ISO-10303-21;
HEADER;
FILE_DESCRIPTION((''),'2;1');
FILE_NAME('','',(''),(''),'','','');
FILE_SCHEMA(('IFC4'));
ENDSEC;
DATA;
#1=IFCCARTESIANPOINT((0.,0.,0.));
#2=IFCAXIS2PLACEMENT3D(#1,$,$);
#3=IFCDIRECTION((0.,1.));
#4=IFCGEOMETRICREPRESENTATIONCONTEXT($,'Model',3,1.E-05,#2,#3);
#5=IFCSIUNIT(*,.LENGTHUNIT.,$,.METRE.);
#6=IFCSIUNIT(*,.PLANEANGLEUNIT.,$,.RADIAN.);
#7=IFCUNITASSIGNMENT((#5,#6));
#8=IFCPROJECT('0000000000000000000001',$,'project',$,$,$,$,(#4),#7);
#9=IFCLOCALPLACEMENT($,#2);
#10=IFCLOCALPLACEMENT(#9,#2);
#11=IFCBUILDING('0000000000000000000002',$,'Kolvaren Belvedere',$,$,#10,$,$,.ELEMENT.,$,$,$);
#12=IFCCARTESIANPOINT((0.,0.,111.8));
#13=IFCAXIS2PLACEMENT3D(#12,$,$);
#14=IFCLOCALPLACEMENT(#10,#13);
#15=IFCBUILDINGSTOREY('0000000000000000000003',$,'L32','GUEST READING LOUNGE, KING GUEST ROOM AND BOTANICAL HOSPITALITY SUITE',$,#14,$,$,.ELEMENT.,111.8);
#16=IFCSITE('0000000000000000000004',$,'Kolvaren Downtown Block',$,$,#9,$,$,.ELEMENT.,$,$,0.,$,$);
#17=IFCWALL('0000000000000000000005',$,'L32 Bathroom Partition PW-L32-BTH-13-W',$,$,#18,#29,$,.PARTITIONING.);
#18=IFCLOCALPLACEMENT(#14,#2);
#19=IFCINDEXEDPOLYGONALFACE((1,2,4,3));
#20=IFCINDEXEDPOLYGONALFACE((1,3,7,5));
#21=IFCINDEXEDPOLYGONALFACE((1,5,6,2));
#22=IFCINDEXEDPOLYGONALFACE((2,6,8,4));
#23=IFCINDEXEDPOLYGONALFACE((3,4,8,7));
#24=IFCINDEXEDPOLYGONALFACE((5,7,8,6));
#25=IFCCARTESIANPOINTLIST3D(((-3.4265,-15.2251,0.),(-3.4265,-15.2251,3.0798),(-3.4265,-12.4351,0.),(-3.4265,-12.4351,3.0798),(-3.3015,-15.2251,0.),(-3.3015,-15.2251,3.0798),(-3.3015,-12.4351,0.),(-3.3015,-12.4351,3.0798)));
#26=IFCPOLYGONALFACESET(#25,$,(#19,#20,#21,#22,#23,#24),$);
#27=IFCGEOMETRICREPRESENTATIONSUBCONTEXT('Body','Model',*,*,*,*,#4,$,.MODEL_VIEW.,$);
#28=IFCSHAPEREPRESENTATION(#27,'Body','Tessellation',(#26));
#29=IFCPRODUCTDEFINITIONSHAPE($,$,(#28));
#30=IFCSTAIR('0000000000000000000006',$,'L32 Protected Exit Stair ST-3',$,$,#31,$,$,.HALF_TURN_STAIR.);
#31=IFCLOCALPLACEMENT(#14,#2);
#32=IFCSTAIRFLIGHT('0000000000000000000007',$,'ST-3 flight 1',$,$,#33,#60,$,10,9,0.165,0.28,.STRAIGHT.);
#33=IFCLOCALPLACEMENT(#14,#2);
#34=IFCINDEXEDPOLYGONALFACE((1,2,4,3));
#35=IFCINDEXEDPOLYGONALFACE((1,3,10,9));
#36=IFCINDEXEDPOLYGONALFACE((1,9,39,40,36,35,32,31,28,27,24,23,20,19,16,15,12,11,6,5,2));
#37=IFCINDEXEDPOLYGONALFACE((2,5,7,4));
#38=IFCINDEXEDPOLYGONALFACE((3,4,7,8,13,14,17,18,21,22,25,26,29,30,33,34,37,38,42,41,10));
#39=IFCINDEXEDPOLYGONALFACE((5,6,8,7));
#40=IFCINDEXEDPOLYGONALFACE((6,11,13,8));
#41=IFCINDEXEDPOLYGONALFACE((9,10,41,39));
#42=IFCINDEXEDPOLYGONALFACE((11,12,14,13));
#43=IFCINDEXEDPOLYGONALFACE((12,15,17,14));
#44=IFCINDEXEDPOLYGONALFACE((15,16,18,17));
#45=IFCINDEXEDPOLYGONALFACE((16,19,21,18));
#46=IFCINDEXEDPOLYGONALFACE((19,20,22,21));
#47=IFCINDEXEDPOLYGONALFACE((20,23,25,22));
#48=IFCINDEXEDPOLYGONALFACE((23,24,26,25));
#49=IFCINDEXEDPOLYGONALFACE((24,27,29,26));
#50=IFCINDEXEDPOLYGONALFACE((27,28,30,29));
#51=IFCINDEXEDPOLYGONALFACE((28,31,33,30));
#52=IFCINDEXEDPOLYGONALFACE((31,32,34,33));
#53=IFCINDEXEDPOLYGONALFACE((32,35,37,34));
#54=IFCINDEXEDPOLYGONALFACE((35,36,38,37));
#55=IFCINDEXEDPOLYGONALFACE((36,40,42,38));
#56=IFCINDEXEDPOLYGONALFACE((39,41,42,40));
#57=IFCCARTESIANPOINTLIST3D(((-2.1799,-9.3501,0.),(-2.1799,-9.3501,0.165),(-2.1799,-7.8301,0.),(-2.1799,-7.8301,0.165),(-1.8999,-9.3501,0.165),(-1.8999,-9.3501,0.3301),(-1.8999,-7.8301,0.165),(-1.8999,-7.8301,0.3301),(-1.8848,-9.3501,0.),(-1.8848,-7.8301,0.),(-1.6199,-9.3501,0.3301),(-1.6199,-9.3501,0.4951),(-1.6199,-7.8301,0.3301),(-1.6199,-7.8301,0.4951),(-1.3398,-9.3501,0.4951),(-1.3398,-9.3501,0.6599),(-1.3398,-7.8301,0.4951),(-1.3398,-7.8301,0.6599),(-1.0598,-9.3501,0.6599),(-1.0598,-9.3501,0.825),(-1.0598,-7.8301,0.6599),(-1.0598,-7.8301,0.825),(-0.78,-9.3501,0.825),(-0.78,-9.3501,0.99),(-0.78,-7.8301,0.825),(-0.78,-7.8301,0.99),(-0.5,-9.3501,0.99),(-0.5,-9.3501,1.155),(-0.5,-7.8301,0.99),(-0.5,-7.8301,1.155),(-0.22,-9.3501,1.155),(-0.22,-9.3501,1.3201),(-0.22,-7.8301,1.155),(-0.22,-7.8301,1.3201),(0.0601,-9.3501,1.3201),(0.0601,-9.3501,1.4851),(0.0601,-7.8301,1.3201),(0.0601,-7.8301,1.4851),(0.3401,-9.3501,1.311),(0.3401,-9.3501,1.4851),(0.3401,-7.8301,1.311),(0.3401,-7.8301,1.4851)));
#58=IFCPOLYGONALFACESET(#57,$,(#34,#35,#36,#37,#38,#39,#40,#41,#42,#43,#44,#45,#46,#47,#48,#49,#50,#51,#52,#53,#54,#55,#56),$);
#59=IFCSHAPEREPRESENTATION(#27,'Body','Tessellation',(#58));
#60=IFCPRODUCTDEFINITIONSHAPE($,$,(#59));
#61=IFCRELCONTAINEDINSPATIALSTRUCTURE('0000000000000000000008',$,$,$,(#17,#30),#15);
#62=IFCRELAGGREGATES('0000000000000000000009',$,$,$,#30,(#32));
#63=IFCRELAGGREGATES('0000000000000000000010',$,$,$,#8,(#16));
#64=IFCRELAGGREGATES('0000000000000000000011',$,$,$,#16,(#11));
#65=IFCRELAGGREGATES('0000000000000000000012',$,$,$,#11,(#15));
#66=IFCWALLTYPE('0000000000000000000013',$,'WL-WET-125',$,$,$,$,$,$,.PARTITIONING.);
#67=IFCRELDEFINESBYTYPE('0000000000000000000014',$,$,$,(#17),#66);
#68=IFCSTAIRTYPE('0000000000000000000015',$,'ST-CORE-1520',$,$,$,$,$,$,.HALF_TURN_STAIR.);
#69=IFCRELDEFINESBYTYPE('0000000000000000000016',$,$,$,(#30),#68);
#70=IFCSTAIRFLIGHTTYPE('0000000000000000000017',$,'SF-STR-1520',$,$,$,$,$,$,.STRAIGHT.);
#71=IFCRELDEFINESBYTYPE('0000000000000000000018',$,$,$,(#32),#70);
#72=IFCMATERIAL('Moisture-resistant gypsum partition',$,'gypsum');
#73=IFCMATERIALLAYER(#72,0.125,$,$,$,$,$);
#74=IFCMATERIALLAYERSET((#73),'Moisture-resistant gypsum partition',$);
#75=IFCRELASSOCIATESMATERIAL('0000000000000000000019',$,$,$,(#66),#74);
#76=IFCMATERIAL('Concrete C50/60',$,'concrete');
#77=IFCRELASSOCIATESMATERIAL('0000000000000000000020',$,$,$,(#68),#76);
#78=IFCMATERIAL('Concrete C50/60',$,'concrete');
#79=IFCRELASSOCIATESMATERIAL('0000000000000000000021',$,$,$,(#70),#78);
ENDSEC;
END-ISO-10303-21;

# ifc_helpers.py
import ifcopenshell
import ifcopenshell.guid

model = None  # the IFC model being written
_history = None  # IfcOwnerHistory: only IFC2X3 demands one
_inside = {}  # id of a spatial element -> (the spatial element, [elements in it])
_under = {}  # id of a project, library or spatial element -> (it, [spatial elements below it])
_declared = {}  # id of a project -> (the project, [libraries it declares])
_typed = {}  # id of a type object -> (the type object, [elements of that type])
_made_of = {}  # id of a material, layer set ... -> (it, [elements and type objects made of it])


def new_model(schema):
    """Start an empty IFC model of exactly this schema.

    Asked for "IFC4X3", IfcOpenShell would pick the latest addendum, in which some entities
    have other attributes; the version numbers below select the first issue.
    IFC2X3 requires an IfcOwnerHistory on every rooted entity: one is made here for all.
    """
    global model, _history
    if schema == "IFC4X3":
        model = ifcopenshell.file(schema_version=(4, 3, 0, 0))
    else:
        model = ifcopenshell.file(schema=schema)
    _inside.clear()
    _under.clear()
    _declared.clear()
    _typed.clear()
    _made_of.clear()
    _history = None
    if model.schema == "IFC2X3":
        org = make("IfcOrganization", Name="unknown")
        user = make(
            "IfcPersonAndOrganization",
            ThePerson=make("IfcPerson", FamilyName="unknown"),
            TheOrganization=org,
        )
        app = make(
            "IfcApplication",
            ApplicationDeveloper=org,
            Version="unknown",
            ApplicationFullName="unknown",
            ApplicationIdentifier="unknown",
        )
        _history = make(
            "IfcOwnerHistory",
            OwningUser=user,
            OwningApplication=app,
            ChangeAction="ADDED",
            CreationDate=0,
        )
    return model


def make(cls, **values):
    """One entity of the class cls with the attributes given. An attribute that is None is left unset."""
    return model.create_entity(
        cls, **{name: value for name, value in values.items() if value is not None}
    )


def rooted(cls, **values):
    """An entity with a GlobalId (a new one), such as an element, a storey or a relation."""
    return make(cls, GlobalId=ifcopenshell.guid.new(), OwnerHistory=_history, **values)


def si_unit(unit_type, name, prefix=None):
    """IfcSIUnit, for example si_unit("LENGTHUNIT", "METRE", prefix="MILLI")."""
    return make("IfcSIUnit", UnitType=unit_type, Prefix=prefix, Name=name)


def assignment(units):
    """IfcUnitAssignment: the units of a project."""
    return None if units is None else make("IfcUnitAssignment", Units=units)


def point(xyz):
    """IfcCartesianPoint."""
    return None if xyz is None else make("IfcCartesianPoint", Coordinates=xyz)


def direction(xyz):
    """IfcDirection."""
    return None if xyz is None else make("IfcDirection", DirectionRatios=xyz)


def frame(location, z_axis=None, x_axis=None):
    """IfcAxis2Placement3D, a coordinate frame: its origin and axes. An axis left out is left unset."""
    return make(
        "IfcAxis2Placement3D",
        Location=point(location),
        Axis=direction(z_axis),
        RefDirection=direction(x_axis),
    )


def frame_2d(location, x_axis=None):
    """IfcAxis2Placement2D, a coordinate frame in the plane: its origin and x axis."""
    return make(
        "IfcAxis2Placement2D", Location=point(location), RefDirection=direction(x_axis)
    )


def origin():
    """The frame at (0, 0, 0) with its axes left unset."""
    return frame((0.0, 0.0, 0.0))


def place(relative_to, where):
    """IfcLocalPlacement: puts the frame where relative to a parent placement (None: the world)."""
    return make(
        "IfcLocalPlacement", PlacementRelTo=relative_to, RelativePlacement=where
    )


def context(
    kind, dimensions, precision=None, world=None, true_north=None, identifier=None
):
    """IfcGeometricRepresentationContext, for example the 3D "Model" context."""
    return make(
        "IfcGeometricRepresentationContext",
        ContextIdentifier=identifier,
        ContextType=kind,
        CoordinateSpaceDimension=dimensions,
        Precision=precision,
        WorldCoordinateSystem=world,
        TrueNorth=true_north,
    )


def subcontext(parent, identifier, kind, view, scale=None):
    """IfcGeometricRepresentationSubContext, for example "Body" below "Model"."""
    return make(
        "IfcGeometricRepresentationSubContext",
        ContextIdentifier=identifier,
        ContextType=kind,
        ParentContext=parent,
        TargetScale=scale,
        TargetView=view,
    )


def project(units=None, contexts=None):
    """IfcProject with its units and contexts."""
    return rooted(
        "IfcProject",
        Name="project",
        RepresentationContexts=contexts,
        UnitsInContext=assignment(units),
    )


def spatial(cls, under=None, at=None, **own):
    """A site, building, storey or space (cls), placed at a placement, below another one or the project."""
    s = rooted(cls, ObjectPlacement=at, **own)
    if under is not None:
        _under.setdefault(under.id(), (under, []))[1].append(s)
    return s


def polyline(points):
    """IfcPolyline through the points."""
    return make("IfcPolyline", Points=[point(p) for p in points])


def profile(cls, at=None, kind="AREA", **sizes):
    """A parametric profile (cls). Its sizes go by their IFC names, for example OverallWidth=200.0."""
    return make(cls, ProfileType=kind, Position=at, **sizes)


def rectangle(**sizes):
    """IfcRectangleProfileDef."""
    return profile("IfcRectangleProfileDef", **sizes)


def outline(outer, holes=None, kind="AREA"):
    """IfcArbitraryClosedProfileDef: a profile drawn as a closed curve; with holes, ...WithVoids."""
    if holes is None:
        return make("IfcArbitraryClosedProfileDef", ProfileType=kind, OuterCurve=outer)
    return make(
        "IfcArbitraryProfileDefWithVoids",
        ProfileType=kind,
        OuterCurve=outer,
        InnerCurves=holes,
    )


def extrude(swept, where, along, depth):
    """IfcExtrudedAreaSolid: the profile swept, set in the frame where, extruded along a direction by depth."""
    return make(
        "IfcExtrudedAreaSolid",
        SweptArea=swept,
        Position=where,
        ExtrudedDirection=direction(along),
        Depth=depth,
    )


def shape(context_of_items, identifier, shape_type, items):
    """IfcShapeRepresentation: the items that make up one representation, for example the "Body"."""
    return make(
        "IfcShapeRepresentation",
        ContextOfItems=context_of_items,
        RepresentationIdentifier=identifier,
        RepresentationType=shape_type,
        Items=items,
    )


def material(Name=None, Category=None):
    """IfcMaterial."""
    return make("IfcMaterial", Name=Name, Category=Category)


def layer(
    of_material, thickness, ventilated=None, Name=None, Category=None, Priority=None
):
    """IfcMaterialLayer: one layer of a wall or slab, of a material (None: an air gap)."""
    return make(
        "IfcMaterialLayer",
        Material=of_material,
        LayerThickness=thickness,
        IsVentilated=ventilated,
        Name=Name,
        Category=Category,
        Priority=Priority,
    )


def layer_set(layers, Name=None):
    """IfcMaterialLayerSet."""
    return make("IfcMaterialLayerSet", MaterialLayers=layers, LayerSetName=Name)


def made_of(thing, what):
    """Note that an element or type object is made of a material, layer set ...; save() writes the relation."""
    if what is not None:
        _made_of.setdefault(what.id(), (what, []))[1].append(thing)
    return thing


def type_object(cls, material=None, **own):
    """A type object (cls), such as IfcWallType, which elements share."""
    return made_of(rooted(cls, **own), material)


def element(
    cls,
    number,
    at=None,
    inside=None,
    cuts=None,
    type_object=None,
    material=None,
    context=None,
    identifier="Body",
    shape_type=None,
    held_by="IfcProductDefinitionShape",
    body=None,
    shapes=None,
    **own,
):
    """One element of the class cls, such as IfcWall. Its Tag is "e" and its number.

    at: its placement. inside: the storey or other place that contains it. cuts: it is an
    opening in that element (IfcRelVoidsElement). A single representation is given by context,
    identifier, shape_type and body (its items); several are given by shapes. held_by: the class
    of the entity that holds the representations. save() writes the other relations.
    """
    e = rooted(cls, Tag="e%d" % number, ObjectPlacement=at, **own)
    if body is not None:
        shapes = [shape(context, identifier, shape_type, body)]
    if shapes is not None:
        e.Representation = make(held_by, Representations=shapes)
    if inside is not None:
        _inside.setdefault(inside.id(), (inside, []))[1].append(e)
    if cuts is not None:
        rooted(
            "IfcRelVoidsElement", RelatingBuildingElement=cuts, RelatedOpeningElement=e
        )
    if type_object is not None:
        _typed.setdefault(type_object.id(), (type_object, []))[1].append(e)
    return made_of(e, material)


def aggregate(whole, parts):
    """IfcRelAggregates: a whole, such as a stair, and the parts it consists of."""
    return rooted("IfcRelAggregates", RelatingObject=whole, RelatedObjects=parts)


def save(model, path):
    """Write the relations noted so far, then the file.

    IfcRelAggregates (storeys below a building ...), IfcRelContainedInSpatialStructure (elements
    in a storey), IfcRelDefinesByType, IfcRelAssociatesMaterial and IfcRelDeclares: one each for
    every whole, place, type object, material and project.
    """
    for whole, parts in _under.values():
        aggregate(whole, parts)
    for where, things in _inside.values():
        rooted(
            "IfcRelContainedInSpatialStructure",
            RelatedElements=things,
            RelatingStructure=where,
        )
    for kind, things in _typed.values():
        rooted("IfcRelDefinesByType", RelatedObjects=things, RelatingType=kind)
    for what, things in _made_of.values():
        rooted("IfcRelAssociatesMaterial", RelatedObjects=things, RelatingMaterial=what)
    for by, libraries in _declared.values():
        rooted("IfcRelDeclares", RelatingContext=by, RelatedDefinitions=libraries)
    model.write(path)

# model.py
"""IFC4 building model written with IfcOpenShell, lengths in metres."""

from ifc_helpers import new_model, si_unit, direction, frame, frame_2d, origin, place, context, subcontext, project, spatial, polyline, rectangle, outline, extrude, material, layer, layer_set, type_object, element, aggregate, save


model = new_model("IFC4")

# Units and contexts
model_context = context("Model", 3, precision=1e-05, world=origin(), true_north=direction((0.0, 1.0)))
body_context = subcontext(model_context, "Body", "Model", "MODEL_VIEW")
ifc_project = project(units=[si_unit("LENGTHUNIT", "METRE"), si_unit("PLANEANGLEUNIT", "RADIAN")], contexts=[model_context])

# Site, building, storey
site_placement = place(None, origin())
site = spatial("IfcSite", under=ifc_project, at=site_placement, Name="Kolvaren Downtown Block", CompositionType="ELEMENT", RefElevation=0.0)
building_placement = place(site_placement, origin())
building = spatial("IfcBuilding", under=site, at=building_placement, Name="Kolvaren Belvedere", CompositionType="ELEMENT")
storey_placement = place(building_placement, frame((0.0, 0.0, 111.8)))
storey = spatial("IfcBuildingStorey", under=building, at=storey_placement, Name="L32", Description="GUEST READING LOUNGE, KING GUEST ROOM AND BOTANICAL HOSPITALITY SUITE", CompositionType="ELEMENT", Elevation=111.8)

# Shared definitions
ifc_material_1 = material(Name="Moisture-resistant gypsum partition", Category="gypsum")
ifc_layer_1 = layer(ifc_material_1, 0.125)
ifc_layer_set_1 = layer_set([ifc_layer_1], Name="Moisture-resistant gypsum partition")
wall_type_1 = type_object("IfcWallType", Name="WL-WET-125", PredefinedType="PARTITIONING", material=ifc_layer_set_1)

# Wall
wall_1_placement = place(storey_placement, frame((-3.364, -15.2251, 0.0), z_axis=(0.0, 0.0, 1.0), x_axis=(0.0, 1.0, 0.0)))
element("IfcWall", 1, at=wall_1_placement, inside=storey, type_object=wall_type_1, Name="L32 Bathroom Partition PW-L32-BTH-13-W", PredefinedType="PARTITIONING", context=body_context, shape_type="SweptSolid", body=[
    extrude(rectangle(XDim=2.79, YDim=0.125, at=frame_2d((1.395, 0.0))), origin(), (0.0, 0.0, 1.0), 3.0798),
])

# Stair, stair flight
ifc_material_2 = material(Name="Concrete C50/60", Category="concrete")
stair_type = type_object("IfcStairType", Name="ST-CORE-1520", PredefinedType="HALF_TURN_STAIR", material=ifc_material_2)
stair_placement = place(storey_placement, origin())
stair = element("IfcStair", 2, at=stair_placement, inside=storey, type_object=stair_type, Name="L32 Protected Exit Stair ST-3", PredefinedType="HALF_TURN_STAIR")
ifc_material_3 = material(Name="Concrete C50/60", Category="concrete")
stair_flight_type = type_object("IfcStairFlightType", Name="SF-STR-1520", PredefinedType="STRAIGHT", material=ifc_material_3)
stair_flight_placement = place(storey_placement, frame((-2.1799, -8.5901, 0.0), z_axis=(0.0, 0.0, 1.0), x_axis=(1.0, 0.0, 0.0)))
stair_flight = element("IfcStairFlight", 3, at=stair_flight_placement, type_object=stair_flight_type, Name="ST-3 flight 1", NumberOfRisers=10, NumberOfTreads=9, PredefinedType="STRAIGHT", RiserHeight=0.165, TreadLength=0.28, context=body_context, shape_type="SweptSolid", body=[
    extrude(outline(polyline([(0.0, 0.0), (0.0, 0.165), (0.28, 0.165), (0.28, 0.3301), (0.5601, 0.3301), (0.5601, 0.4951), (0.8401, 0.4951), (0.8401, 0.6599), (1.1201, 0.6599), (1.1201, 0.825), (1.3999, 0.825), (1.3999, 0.99), (1.6799, 0.99), (1.6799, 1.155), (1.96, 1.155), (1.96, 1.3201), (2.24, 1.3201), (2.24, 1.4851), (2.52, 1.4851), (2.52, 1.6499), (2.52, 1.311), (0.2952, 0.0), (0.0, 0.0)])), frame((0.0, 0.76, 0.0), z_axis=(0.0, -1.0, 0.0), x_axis=(1.0, 0.0, 0.0)), (0.0, 0.0, 1.0), 1.52),
])
aggregate(stair, [stair_flight])

save(model, "model.ifc")
